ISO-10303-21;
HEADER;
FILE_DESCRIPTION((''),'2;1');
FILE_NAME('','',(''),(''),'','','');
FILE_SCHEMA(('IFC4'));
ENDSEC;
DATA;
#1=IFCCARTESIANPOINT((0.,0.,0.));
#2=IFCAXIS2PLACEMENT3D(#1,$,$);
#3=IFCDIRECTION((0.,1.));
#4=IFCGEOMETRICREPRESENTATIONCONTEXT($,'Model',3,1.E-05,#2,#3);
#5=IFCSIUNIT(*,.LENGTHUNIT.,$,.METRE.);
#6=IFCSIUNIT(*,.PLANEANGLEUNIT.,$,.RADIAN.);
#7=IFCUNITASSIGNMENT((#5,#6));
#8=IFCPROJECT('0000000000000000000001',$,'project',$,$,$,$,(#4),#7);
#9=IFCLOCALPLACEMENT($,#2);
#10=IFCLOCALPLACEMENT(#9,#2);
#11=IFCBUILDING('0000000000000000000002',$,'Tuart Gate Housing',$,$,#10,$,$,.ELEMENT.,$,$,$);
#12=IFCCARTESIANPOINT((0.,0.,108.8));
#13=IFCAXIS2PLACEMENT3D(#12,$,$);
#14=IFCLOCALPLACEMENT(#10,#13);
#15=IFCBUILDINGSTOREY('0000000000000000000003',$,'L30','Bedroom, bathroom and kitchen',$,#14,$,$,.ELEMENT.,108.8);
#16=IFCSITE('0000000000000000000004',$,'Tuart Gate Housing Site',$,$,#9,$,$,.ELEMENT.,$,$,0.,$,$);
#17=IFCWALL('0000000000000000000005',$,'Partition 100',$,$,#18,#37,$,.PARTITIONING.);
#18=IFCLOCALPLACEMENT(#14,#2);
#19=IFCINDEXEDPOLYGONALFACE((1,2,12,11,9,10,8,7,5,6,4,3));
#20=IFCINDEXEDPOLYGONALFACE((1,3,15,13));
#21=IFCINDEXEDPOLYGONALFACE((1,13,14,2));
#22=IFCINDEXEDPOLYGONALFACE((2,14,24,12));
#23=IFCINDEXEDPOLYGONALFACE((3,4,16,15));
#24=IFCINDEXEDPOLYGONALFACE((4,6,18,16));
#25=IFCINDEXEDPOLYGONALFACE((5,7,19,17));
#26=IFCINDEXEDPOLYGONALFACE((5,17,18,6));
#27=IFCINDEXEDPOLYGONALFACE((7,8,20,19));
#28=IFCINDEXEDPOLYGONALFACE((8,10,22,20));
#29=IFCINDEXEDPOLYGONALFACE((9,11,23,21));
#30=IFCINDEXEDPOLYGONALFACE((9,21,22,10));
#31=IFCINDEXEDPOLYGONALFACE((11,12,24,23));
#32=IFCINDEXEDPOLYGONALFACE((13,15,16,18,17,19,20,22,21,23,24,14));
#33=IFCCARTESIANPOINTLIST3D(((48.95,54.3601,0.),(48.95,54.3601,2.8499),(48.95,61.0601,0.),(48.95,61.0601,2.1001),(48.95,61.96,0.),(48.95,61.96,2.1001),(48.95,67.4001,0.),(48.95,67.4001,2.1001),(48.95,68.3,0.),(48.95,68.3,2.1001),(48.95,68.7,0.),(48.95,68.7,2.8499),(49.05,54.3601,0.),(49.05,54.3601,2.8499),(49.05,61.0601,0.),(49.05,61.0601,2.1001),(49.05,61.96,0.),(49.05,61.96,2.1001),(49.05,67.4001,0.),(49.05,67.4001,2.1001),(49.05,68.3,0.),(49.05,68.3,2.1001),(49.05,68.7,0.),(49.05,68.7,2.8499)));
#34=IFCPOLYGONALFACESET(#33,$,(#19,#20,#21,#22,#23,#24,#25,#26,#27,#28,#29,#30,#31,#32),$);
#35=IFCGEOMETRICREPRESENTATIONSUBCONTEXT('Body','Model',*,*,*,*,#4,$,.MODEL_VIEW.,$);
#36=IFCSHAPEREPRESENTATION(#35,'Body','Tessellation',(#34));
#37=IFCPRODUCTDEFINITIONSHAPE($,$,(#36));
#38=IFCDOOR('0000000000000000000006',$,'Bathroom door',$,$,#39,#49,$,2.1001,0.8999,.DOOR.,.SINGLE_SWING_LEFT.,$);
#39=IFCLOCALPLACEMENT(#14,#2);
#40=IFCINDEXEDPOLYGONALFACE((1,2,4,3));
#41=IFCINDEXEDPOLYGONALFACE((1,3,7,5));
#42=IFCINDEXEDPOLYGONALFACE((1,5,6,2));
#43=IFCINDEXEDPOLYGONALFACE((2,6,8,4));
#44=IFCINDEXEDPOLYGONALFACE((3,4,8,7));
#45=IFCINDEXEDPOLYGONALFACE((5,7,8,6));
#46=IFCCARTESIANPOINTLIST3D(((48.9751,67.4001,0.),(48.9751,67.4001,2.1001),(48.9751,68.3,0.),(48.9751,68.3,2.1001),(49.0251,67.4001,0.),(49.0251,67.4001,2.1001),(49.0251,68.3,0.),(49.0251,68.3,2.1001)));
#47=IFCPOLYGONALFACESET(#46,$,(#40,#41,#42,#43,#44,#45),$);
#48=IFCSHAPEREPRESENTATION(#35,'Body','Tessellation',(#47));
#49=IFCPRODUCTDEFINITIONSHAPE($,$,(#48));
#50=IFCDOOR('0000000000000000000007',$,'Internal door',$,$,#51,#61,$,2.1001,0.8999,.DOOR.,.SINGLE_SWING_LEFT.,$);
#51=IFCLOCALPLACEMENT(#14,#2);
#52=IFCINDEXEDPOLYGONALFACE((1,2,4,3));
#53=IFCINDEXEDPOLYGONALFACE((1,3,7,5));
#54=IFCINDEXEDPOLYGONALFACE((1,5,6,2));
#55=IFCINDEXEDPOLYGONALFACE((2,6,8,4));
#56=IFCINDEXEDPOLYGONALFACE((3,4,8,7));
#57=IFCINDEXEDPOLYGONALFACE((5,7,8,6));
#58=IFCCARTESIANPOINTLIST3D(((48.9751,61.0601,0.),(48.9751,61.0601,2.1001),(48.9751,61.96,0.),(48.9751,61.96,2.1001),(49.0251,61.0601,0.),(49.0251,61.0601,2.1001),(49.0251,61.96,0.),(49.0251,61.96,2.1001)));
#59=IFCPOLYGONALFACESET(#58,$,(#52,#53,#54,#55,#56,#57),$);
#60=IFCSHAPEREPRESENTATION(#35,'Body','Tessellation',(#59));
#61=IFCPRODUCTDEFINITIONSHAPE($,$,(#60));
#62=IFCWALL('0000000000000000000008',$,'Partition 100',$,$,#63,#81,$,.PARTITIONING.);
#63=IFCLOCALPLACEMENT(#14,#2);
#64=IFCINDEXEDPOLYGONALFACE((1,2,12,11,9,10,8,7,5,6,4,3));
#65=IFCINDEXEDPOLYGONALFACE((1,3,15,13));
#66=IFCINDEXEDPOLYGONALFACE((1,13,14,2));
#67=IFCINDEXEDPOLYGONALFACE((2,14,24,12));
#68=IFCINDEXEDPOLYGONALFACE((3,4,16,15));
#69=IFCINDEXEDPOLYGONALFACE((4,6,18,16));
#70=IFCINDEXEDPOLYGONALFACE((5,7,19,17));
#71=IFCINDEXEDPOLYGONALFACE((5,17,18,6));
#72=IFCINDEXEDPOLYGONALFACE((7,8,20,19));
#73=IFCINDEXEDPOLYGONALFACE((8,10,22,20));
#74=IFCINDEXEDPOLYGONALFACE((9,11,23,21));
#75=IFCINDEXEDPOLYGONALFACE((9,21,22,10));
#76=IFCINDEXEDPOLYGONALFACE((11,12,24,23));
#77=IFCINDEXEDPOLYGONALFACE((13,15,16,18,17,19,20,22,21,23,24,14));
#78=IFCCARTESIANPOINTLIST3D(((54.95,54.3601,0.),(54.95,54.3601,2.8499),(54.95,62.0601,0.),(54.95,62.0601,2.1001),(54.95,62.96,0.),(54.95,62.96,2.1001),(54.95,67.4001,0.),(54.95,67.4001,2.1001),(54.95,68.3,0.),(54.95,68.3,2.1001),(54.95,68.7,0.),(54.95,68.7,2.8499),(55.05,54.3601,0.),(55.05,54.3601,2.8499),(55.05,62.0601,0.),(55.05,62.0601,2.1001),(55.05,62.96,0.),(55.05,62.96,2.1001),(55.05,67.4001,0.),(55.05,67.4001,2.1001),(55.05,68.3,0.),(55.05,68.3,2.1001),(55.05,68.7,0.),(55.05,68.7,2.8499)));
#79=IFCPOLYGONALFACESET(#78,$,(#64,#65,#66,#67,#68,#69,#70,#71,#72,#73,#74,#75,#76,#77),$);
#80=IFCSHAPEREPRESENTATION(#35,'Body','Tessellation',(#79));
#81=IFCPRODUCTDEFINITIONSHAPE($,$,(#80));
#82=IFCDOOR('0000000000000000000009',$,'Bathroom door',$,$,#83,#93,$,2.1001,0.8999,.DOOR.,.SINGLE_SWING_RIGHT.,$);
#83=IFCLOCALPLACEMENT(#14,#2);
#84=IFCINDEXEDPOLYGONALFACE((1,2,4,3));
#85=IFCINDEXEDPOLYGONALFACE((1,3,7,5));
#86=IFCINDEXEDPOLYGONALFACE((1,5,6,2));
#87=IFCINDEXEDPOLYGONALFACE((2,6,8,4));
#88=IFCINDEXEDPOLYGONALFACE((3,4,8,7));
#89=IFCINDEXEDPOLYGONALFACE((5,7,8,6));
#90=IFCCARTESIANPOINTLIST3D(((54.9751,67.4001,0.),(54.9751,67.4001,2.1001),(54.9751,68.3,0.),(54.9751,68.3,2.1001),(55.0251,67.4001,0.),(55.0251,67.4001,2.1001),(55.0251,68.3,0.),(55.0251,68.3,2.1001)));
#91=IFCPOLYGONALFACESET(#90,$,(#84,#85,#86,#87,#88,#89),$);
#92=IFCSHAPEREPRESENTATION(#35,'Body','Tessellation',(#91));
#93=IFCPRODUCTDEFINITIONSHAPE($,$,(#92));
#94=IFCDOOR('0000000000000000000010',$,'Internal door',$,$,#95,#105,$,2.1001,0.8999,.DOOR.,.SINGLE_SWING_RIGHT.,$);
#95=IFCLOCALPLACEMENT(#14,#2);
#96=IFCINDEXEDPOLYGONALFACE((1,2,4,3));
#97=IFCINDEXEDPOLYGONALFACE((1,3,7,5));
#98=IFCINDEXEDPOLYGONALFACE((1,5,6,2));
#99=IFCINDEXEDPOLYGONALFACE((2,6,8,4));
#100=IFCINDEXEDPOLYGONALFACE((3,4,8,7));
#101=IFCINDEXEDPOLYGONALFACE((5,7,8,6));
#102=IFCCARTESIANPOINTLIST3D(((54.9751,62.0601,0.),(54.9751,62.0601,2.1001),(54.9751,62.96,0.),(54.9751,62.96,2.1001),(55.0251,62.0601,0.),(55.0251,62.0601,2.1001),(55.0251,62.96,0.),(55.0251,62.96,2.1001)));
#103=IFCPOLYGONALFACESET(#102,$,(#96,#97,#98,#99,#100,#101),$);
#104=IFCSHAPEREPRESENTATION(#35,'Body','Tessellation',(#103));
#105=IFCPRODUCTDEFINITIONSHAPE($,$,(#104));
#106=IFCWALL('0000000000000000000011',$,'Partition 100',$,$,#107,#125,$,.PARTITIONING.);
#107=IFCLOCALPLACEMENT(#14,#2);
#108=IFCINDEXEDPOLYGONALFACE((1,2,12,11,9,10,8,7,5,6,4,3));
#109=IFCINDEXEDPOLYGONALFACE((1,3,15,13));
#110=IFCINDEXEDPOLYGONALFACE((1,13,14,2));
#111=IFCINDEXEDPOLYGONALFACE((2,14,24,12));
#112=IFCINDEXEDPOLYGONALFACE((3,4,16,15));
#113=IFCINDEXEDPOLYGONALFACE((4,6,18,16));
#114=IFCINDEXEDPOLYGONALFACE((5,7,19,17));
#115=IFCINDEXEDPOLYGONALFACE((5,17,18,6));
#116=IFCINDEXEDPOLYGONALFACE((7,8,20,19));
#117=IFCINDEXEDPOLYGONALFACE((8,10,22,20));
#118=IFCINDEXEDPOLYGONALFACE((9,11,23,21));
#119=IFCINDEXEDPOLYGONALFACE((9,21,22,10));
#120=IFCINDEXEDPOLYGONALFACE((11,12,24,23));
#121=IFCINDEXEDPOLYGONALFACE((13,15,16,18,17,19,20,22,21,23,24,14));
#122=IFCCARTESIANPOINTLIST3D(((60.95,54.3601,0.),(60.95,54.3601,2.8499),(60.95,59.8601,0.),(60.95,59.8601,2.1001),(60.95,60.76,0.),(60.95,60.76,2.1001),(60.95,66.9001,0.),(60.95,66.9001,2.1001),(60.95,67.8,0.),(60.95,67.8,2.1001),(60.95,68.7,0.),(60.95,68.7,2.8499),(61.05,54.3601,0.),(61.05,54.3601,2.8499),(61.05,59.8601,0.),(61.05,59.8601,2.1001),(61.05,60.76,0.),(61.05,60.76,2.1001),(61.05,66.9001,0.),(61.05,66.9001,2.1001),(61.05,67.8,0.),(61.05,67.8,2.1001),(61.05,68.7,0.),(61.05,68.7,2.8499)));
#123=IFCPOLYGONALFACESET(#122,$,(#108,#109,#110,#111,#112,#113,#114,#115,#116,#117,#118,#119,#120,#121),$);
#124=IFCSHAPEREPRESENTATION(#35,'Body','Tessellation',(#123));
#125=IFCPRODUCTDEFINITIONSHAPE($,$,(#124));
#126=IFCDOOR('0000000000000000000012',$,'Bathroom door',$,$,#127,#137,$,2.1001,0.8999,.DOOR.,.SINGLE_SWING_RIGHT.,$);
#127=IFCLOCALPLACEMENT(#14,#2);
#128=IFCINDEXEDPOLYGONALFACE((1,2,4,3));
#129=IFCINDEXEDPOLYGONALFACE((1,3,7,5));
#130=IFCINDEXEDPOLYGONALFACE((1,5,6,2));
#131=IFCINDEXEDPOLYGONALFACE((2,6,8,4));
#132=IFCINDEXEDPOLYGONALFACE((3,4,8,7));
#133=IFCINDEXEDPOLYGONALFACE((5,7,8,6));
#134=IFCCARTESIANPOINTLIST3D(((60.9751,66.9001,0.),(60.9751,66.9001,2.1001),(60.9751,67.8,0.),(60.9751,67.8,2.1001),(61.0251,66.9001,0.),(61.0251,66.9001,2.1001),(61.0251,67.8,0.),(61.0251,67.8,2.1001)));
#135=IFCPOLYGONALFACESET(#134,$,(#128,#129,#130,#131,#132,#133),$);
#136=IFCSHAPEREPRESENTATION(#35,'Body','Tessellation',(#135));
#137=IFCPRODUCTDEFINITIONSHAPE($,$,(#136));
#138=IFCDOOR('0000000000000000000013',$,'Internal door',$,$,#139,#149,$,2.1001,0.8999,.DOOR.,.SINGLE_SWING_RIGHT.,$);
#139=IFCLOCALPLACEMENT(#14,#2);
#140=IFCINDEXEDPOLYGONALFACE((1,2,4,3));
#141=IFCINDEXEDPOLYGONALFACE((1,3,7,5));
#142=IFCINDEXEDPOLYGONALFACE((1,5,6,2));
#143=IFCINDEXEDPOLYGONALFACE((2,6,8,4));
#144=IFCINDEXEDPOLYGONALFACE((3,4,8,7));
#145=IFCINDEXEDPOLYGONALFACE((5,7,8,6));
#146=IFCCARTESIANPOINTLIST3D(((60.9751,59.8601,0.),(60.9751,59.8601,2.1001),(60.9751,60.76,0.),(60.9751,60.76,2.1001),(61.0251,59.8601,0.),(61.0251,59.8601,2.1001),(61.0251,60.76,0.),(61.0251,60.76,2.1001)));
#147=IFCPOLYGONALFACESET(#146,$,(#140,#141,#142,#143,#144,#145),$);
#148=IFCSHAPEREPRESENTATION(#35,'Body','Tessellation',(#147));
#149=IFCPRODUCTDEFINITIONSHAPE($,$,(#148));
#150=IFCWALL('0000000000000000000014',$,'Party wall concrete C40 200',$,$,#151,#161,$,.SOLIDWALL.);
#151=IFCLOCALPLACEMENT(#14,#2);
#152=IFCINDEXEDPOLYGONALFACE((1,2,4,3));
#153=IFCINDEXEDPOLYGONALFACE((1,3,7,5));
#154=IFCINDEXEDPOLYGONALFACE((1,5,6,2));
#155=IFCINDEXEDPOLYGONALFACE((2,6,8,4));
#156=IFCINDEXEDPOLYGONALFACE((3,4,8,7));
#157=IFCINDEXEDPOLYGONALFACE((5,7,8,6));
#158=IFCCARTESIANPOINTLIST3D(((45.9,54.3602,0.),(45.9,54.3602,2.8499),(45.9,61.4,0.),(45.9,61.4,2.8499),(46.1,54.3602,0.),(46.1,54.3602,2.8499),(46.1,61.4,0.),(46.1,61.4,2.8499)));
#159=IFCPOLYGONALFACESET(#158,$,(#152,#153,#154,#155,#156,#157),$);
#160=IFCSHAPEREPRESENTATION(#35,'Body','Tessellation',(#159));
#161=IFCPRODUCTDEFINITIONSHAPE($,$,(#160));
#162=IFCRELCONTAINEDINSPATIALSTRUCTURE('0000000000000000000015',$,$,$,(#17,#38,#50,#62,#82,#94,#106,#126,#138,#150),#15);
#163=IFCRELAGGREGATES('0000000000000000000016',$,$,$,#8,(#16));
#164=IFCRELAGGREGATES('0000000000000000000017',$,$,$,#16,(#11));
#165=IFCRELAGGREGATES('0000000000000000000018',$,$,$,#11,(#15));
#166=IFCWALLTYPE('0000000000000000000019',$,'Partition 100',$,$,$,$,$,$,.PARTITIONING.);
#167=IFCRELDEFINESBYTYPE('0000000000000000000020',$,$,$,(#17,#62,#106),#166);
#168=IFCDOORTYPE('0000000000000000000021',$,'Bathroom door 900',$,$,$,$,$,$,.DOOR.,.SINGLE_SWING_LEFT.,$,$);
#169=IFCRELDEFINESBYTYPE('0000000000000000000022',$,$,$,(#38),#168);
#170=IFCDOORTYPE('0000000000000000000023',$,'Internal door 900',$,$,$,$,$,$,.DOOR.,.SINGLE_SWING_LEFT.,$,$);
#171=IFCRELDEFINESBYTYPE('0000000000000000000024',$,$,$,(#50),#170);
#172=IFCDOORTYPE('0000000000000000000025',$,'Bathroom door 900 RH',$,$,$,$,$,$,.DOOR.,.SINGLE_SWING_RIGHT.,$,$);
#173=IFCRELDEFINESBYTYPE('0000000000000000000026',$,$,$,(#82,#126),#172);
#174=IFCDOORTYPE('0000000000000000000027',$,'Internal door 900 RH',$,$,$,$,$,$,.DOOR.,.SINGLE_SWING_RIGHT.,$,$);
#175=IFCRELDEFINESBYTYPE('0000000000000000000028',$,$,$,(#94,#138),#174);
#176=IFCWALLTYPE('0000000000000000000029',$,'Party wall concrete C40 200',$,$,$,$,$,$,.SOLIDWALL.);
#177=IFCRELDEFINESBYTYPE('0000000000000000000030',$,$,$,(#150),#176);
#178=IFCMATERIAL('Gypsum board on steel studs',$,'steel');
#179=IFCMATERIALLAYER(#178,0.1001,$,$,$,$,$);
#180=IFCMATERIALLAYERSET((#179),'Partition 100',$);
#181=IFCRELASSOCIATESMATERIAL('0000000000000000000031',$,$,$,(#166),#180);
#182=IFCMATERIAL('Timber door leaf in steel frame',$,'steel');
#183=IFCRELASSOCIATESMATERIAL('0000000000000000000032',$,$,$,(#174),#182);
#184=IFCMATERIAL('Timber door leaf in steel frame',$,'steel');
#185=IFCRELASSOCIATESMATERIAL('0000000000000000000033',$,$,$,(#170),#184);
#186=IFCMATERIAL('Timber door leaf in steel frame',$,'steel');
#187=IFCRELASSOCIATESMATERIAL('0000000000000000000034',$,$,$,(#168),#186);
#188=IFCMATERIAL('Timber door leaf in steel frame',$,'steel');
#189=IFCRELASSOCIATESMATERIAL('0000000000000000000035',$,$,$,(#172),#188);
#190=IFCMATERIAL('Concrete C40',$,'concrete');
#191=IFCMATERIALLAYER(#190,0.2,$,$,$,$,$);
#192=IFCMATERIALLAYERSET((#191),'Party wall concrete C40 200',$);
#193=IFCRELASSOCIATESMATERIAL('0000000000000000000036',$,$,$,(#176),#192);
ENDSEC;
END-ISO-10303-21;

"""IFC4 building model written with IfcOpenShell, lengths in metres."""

from ifc_helpers import new_model, si_unit, direction, frame, frame_2d, origin, place, context, subcontext, project, spatial, rectangle, extrude, material, layer, layer_set, type_object, element, fill, save


model = new_model("IFC4")

# Units and contexts
model_context = context("Model", 3, precision=1e-05, world=origin(), true_north=direction((0.0, 1.0)))
body_context = subcontext(model_context, "Body", "Model", "MODEL_VIEW")
ifc_project = project(units=[si_unit("LENGTHUNIT", "METRE"), si_unit("PLANEANGLEUNIT", "RADIAN")], contexts=[model_context])

# Site, building, storey
site_placement = place(None, origin())
site = spatial("IfcSite", under=ifc_project, at=site_placement, Name="Tuart Gate Housing Site", CompositionType="ELEMENT", RefElevation=0.0)
building_placement = place(site_placement, origin())
building = spatial("IfcBuilding", under=site, at=building_placement, Name="Tuart Gate Housing", CompositionType="ELEMENT")
storey_placement = place(building_placement, frame((0.0, 0.0, 108.8)))
storey = spatial("IfcBuildingStorey", under=building, at=storey_placement, Name="L30", Description="Bedroom, bathroom and kitchen", CompositionType="ELEMENT", Elevation=108.8)

# Shared definitions
ifc_material_1 = material(Name="Gypsum board on steel studs", Category="steel")
ifc_layer_1 = layer(ifc_material_1, 0.1001)
ifc_layer_set_1 = layer_set([ifc_layer_1], Name="Partition 100")
wall_type_1 = type_object("IfcWallType", Name="Partition 100", PredefinedType="PARTITIONING", material=ifc_layer_set_1)
ifc_material_2 = material(Name="Timber door leaf in steel frame", Category="steel")
door_type_1 = type_object("IfcDoorType", Name="Internal door 900 RH", OperationType="SINGLE_SWING_RIGHT", PredefinedType="DOOR", material=ifc_material_2)
ifc_material_3 = material(Name="Timber door leaf in steel frame", Category="steel")
door_type_2 = type_object("IfcDoorType", Name="Internal door 900", OperationType="SINGLE_SWING_LEFT", PredefinedType="DOOR", material=ifc_material_3)

# Walls, openings, doors
wall_1_placement = place(storey_placement, frame((49.0, 54.3601, 0.0), z_axis=(0.0, 0.0, 1.0), x_axis=(0.0, 1.0, 0.0)))
wall_1 = element("IfcWall", 1, at=wall_1_placement, inside=storey, type_object=wall_type_1, Name="Partition 100", PredefinedType="PARTITIONING", context=body_context, shape_type="SweptSolid", body=[
    extrude(rectangle(XDim=14.3398, YDim=0.1001, at=frame_2d((7.1699, 0.0))), origin(), (0.0, 0.0, 1.0), 2.8499),
])
opening_1_placement = place(wall_1_placement, frame((6.7, 0.0, 0.0)))
opening_1 = element("IfcOpeningElement", 2, at=opening_1_placement, cuts=wall_1, PredefinedType="OPENING", context=body_context, shape_type="SweptSolid", body=[
    extrude(rectangle(XDim=0.8999, YDim=2.1001, at=frame_2d((0.45, 1.05))), frame((0.0, 0.0601, 0.0), z_axis=(0.0, -1.0, 0.0), x_axis=(1.0, 0.0, 0.0)), (0.0, 0.0, 1.0), 0.1201),
])
opening_2_placement = place(wall_1_placement, frame((13.04, 0.0, 0.0)))
opening_2 = element("IfcOpeningElement", 3, at=opening_2_placement, cuts=wall_1, PredefinedType="OPENING", context=body_context, shape_type="SweptSolid", body=[
    extrude(rectangle(XDim=0.8999, YDim=2.1001, at=frame_2d((0.45, 1.05))), frame((0.0, 0.0601, 0.0), z_axis=(0.0, -1.0, 0.0), x_axis=(1.0, 0.0, 0.0)), (0.0, 0.0, 1.0), 0.1201),
])
ifc_material_4 = material(Name="Timber door leaf in steel frame", Category="steel")
door_type_3 = type_object("IfcDoorType", Name="Bathroom door 900", OperationType="SINGLE_SWING_LEFT", PredefinedType="DOOR", material=ifc_material_4)
door_1_placement = place(opening_2_placement, frame((0.8999, 0.0, 0.0), z_axis=(0.0, 0.0, 1.0), x_axis=(-1.0, 0.0, 0.0)))
door_1 = element("IfcDoor", 4, at=door_1_placement, inside=storey, type_object=door_type_3, Name="Bathroom door", OperationType="SINGLE_SWING_LEFT", OverallHeight=2.1001, OverallWidth=0.8999, PredefinedType="DOOR", context=body_context, shape_type="SweptSolid", body=[
    extrude(rectangle(XDim=0.8999, YDim=2.1001, at=frame_2d((0.45, 1.05))), frame((0.0, 0.0251, 0.0), z_axis=(0.0, -1.0, 0.0), x_axis=(1.0, 0.0, 0.0)), (0.0, 0.0, 1.0), 0.05),
])
fill(opening_2, door_1)
door_2_placement = place(opening_1_placement, frame((0.8999, 0.0, 0.0), z_axis=(0.0, 0.0, 1.0), x_axis=(-1.0, 0.0, 0.0)))
door_2 = element("IfcDoor", 5, at=door_2_placement, inside=storey, type_object=door_type_2, Name="Internal door", OperationType="SINGLE_SWING_LEFT", OverallHeight=2.1001, OverallWidth=0.8999, PredefinedType="DOOR", context=body_context, shape_type="SweptSolid", body=[
    extrude(rectangle(XDim=0.8999, YDim=2.1001, at=frame_2d((0.45, 1.05))), frame((0.0, 0.0251, 0.0), z_axis=(0.0, -1.0, 0.0), x_axis=(1.0, 0.0, 0.0)), (0.0, 0.0, 1.0), 0.05),
])
fill(opening_1, door_2)
wall_2_placement = place(storey_placement, frame((55.0, 54.3601, 0.0), z_axis=(0.0, 0.0, 1.0), x_axis=(0.0, 1.0, 0.0)))
wall_2 = element("IfcWall", 6, at=wall_2_placement, inside=storey, type_object=wall_type_1, Name="Partition 100", PredefinedType="PARTITIONING", context=body_context, shape_type="SweptSolid", body=[
    extrude(rectangle(XDim=14.3398, YDim=0.1001, at=frame_2d((7.1699, 0.0))), origin(), (0.0, 0.0, 1.0), 2.8499),
])
opening_3_placement = place(wall_2_placement, frame((7.7, 0.0, 0.0)))
opening_3 = element("IfcOpeningElement", 7, at=opening_3_placement, cuts=wall_2, PredefinedType="OPENING", context=body_context, shape_type="SweptSolid", body=[
    extrude(rectangle(XDim=0.8999, YDim=2.1001, at=frame_2d((0.45, 1.05))), frame((0.0, 0.0601, 0.0), z_axis=(0.0, -1.0, 0.0), x_axis=(1.0, 0.0, 0.0)), (0.0, 0.0, 1.0), 0.1201),
])
opening_4_placement = place(wall_2_placement, frame((13.04, 0.0, 0.0)))
opening_4 = element("IfcOpeningElement", 8, at=opening_4_placement, cuts=wall_2, PredefinedType="OPENING", context=body_context, shape_type="SweptSolid", body=[
    extrude(rectangle(XDim=0.8999, YDim=2.1001, at=frame_2d((0.45, 1.05))), frame((0.0, 0.0601, 0.0), z_axis=(0.0, -1.0, 0.0), x_axis=(1.0, 0.0, 0.0)), (0.0, 0.0, 1.0), 0.1201),
])
ifc_material_5 = material(Name="Timber door leaf in steel frame", Category="steel")
door_type_4 = type_object("IfcDoorType", Name="Bathroom door 900 RH", OperationType="SINGLE_SWING_RIGHT", PredefinedType="DOOR", material=ifc_material_5)
door_3_placement = place(opening_4_placement, origin())
door_3 = element("IfcDoor", 9, at=door_3_placement, inside=storey, type_object=door_type_4, Name="Bathroom door", OperationType="SINGLE_SWING_RIGHT", OverallHeight=2.1001, OverallWidth=0.8999, PredefinedType="DOOR", context=body_context, shape_type="SweptSolid", body=[
    extrude(rectangle(XDim=0.8999, YDim=2.1001, at=frame_2d((0.45, 1.05))), frame((0.0, 0.0249, 0.0), z_axis=(0.0, -1.0, 0.0), x_axis=(1.0, 0.0, 0.0)), (0.0, 0.0, 1.0), 0.05),
])
fill(opening_4, door_3)
door_4_placement = place(opening_3_placement, origin())
door_4 = element("IfcDoor", 10, at=door_4_placement, inside=storey, type_object=door_type_1, Name="Internal door", OperationType="SINGLE_SWING_RIGHT", OverallHeight=2.1001, OverallWidth=0.8999, PredefinedType="DOOR", context=body_context, shape_type="SweptSolid", body=[
    extrude(rectangle(XDim=0.8999, YDim=2.1001, at=frame_2d((0.45, 1.05))), frame((0.0, 0.0249, 0.0), z_axis=(0.0, -1.0, 0.0), x_axis=(1.0, 0.0, 0.0)), (0.0, 0.0, 1.0), 0.05),
])
fill(opening_3, door_4)
wall_3_placement = place(storey_placement, frame((61.0, 54.3601, 0.0), z_axis=(0.0, 0.0, 1.0), x_axis=(0.0, 1.0, 0.0)))
wall_3 = element("IfcWall", 11, at=wall_3_placement, inside=storey, type_object=wall_type_1, Name="Partition 100", PredefinedType="PARTITIONING", context=body_context, shape_type="SweptSolid", body=[
    extrude(rectangle(XDim=14.3398, YDim=0.1001, at=frame_2d((7.1699, 0.0))), origin(), (0.0, 0.0, 1.0), 2.8499),
])
opening_5_placement = place(wall_3_placement, frame((5.5, 0.0, 0.0)))
opening_5 = element("IfcOpeningElement", 12, at=opening_5_placement, cuts=wall_3, PredefinedType="OPENING", context=body_context, shape_type="SweptSolid", body=[
    extrude(rectangle(XDim=0.8999, YDim=2.1001, at=frame_2d((0.45, 1.05))), frame((0.0, 0.0601, 0.0), z_axis=(0.0, -1.0, 0.0), x_axis=(1.0, 0.0, 0.0)), (0.0, 0.0, 1.0), 0.1201),
])
opening_6_placement = place(wall_3_placement, frame((12.54, 0.0, 0.0)))
opening_6 = element("IfcOpeningElement", 13, at=opening_6_placement, cuts=wall_3, PredefinedType="OPENING", context=body_context, shape_type="SweptSolid", body=[
    extrude(rectangle(XDim=0.8999, YDim=2.1001, at=frame_2d((0.45, 1.05))), frame((0.0, 0.0601, 0.0), z_axis=(0.0, -1.0, 0.0), x_axis=(1.0, 0.0, 0.0)), (0.0, 0.0, 1.0), 0.1201),
])
door_5_placement = place(opening_6_placement, origin())
door_5 = element("IfcDoor", 14, at=door_5_placement, inside=storey, type_object=door_type_4, Name="Bathroom door", OperationType="SINGLE_SWING_RIGHT", OverallHeight=2.1001, OverallWidth=0.8999, PredefinedType="DOOR", context=body_context, shape_type="SweptSolid", body=[
    extrude(rectangle(XDim=0.8999, YDim=2.1001, at=frame_2d((0.45, 1.05))), frame((0.0, 0.0249, 0.0), z_axis=(0.0, -1.0, 0.0), x_axis=(1.0, 0.0, 0.0)), (0.0, 0.0, 1.0), 0.05),
])
fill(opening_6, door_5)
door_6_placement = place(opening_5_placement, origin())
door_6 = element("IfcDoor", 15, at=door_6_placement, inside=storey, type_object=door_type_1, Name="Internal door", OperationType="SINGLE_SWING_RIGHT", OverallHeight=2.1001, OverallWidth=0.8999, PredefinedType="DOOR", context=body_context, shape_type="SweptSolid", body=[
    extrude(rectangle(XDim=0.8999, YDim=2.1001, at=frame_2d((0.45, 1.05))), frame((0.0, 0.0249, 0.0), z_axis=(0.0, -1.0, 0.0), x_axis=(1.0, 0.0, 0.0)), (0.0, 0.0, 1.0), 0.05),
])
fill(opening_5, door_6)

# Wall
ifc_material_6 = material(Name="Concrete C40", Category="concrete")
ifc_layer_2 = layer(ifc_material_6, 0.2)
ifc_layer_set_2 = layer_set([ifc_layer_2], Name="Party wall concrete C40 200")
wall_type_2 = type_object("IfcWallType", Name="Party wall concrete C40 200", PredefinedType="SOLIDWALL", material=ifc_layer_set_2)
wall_4_placement = place(storey_placement, frame((46.0, 54.3601, 0.0), z_axis=(0.0, 0.0, 1.0), x_axis=(0.0, 1.0, 0.0)))
element("IfcWall", 16, at=wall_4_placement, inside=storey, type_object=wall_type_2, Name="Party wall concrete C40 200", PredefinedType="SOLIDWALL", context=body_context, shape_type="SweptSolid", body=[
    extrude(rectangle(XDim=7.0398, YDim=0.2, at=frame_2d((3.52, 0.0))), origin(), (0.0, 0.0, 1.0), 2.8499),
])

save(model, "model.ifc")
